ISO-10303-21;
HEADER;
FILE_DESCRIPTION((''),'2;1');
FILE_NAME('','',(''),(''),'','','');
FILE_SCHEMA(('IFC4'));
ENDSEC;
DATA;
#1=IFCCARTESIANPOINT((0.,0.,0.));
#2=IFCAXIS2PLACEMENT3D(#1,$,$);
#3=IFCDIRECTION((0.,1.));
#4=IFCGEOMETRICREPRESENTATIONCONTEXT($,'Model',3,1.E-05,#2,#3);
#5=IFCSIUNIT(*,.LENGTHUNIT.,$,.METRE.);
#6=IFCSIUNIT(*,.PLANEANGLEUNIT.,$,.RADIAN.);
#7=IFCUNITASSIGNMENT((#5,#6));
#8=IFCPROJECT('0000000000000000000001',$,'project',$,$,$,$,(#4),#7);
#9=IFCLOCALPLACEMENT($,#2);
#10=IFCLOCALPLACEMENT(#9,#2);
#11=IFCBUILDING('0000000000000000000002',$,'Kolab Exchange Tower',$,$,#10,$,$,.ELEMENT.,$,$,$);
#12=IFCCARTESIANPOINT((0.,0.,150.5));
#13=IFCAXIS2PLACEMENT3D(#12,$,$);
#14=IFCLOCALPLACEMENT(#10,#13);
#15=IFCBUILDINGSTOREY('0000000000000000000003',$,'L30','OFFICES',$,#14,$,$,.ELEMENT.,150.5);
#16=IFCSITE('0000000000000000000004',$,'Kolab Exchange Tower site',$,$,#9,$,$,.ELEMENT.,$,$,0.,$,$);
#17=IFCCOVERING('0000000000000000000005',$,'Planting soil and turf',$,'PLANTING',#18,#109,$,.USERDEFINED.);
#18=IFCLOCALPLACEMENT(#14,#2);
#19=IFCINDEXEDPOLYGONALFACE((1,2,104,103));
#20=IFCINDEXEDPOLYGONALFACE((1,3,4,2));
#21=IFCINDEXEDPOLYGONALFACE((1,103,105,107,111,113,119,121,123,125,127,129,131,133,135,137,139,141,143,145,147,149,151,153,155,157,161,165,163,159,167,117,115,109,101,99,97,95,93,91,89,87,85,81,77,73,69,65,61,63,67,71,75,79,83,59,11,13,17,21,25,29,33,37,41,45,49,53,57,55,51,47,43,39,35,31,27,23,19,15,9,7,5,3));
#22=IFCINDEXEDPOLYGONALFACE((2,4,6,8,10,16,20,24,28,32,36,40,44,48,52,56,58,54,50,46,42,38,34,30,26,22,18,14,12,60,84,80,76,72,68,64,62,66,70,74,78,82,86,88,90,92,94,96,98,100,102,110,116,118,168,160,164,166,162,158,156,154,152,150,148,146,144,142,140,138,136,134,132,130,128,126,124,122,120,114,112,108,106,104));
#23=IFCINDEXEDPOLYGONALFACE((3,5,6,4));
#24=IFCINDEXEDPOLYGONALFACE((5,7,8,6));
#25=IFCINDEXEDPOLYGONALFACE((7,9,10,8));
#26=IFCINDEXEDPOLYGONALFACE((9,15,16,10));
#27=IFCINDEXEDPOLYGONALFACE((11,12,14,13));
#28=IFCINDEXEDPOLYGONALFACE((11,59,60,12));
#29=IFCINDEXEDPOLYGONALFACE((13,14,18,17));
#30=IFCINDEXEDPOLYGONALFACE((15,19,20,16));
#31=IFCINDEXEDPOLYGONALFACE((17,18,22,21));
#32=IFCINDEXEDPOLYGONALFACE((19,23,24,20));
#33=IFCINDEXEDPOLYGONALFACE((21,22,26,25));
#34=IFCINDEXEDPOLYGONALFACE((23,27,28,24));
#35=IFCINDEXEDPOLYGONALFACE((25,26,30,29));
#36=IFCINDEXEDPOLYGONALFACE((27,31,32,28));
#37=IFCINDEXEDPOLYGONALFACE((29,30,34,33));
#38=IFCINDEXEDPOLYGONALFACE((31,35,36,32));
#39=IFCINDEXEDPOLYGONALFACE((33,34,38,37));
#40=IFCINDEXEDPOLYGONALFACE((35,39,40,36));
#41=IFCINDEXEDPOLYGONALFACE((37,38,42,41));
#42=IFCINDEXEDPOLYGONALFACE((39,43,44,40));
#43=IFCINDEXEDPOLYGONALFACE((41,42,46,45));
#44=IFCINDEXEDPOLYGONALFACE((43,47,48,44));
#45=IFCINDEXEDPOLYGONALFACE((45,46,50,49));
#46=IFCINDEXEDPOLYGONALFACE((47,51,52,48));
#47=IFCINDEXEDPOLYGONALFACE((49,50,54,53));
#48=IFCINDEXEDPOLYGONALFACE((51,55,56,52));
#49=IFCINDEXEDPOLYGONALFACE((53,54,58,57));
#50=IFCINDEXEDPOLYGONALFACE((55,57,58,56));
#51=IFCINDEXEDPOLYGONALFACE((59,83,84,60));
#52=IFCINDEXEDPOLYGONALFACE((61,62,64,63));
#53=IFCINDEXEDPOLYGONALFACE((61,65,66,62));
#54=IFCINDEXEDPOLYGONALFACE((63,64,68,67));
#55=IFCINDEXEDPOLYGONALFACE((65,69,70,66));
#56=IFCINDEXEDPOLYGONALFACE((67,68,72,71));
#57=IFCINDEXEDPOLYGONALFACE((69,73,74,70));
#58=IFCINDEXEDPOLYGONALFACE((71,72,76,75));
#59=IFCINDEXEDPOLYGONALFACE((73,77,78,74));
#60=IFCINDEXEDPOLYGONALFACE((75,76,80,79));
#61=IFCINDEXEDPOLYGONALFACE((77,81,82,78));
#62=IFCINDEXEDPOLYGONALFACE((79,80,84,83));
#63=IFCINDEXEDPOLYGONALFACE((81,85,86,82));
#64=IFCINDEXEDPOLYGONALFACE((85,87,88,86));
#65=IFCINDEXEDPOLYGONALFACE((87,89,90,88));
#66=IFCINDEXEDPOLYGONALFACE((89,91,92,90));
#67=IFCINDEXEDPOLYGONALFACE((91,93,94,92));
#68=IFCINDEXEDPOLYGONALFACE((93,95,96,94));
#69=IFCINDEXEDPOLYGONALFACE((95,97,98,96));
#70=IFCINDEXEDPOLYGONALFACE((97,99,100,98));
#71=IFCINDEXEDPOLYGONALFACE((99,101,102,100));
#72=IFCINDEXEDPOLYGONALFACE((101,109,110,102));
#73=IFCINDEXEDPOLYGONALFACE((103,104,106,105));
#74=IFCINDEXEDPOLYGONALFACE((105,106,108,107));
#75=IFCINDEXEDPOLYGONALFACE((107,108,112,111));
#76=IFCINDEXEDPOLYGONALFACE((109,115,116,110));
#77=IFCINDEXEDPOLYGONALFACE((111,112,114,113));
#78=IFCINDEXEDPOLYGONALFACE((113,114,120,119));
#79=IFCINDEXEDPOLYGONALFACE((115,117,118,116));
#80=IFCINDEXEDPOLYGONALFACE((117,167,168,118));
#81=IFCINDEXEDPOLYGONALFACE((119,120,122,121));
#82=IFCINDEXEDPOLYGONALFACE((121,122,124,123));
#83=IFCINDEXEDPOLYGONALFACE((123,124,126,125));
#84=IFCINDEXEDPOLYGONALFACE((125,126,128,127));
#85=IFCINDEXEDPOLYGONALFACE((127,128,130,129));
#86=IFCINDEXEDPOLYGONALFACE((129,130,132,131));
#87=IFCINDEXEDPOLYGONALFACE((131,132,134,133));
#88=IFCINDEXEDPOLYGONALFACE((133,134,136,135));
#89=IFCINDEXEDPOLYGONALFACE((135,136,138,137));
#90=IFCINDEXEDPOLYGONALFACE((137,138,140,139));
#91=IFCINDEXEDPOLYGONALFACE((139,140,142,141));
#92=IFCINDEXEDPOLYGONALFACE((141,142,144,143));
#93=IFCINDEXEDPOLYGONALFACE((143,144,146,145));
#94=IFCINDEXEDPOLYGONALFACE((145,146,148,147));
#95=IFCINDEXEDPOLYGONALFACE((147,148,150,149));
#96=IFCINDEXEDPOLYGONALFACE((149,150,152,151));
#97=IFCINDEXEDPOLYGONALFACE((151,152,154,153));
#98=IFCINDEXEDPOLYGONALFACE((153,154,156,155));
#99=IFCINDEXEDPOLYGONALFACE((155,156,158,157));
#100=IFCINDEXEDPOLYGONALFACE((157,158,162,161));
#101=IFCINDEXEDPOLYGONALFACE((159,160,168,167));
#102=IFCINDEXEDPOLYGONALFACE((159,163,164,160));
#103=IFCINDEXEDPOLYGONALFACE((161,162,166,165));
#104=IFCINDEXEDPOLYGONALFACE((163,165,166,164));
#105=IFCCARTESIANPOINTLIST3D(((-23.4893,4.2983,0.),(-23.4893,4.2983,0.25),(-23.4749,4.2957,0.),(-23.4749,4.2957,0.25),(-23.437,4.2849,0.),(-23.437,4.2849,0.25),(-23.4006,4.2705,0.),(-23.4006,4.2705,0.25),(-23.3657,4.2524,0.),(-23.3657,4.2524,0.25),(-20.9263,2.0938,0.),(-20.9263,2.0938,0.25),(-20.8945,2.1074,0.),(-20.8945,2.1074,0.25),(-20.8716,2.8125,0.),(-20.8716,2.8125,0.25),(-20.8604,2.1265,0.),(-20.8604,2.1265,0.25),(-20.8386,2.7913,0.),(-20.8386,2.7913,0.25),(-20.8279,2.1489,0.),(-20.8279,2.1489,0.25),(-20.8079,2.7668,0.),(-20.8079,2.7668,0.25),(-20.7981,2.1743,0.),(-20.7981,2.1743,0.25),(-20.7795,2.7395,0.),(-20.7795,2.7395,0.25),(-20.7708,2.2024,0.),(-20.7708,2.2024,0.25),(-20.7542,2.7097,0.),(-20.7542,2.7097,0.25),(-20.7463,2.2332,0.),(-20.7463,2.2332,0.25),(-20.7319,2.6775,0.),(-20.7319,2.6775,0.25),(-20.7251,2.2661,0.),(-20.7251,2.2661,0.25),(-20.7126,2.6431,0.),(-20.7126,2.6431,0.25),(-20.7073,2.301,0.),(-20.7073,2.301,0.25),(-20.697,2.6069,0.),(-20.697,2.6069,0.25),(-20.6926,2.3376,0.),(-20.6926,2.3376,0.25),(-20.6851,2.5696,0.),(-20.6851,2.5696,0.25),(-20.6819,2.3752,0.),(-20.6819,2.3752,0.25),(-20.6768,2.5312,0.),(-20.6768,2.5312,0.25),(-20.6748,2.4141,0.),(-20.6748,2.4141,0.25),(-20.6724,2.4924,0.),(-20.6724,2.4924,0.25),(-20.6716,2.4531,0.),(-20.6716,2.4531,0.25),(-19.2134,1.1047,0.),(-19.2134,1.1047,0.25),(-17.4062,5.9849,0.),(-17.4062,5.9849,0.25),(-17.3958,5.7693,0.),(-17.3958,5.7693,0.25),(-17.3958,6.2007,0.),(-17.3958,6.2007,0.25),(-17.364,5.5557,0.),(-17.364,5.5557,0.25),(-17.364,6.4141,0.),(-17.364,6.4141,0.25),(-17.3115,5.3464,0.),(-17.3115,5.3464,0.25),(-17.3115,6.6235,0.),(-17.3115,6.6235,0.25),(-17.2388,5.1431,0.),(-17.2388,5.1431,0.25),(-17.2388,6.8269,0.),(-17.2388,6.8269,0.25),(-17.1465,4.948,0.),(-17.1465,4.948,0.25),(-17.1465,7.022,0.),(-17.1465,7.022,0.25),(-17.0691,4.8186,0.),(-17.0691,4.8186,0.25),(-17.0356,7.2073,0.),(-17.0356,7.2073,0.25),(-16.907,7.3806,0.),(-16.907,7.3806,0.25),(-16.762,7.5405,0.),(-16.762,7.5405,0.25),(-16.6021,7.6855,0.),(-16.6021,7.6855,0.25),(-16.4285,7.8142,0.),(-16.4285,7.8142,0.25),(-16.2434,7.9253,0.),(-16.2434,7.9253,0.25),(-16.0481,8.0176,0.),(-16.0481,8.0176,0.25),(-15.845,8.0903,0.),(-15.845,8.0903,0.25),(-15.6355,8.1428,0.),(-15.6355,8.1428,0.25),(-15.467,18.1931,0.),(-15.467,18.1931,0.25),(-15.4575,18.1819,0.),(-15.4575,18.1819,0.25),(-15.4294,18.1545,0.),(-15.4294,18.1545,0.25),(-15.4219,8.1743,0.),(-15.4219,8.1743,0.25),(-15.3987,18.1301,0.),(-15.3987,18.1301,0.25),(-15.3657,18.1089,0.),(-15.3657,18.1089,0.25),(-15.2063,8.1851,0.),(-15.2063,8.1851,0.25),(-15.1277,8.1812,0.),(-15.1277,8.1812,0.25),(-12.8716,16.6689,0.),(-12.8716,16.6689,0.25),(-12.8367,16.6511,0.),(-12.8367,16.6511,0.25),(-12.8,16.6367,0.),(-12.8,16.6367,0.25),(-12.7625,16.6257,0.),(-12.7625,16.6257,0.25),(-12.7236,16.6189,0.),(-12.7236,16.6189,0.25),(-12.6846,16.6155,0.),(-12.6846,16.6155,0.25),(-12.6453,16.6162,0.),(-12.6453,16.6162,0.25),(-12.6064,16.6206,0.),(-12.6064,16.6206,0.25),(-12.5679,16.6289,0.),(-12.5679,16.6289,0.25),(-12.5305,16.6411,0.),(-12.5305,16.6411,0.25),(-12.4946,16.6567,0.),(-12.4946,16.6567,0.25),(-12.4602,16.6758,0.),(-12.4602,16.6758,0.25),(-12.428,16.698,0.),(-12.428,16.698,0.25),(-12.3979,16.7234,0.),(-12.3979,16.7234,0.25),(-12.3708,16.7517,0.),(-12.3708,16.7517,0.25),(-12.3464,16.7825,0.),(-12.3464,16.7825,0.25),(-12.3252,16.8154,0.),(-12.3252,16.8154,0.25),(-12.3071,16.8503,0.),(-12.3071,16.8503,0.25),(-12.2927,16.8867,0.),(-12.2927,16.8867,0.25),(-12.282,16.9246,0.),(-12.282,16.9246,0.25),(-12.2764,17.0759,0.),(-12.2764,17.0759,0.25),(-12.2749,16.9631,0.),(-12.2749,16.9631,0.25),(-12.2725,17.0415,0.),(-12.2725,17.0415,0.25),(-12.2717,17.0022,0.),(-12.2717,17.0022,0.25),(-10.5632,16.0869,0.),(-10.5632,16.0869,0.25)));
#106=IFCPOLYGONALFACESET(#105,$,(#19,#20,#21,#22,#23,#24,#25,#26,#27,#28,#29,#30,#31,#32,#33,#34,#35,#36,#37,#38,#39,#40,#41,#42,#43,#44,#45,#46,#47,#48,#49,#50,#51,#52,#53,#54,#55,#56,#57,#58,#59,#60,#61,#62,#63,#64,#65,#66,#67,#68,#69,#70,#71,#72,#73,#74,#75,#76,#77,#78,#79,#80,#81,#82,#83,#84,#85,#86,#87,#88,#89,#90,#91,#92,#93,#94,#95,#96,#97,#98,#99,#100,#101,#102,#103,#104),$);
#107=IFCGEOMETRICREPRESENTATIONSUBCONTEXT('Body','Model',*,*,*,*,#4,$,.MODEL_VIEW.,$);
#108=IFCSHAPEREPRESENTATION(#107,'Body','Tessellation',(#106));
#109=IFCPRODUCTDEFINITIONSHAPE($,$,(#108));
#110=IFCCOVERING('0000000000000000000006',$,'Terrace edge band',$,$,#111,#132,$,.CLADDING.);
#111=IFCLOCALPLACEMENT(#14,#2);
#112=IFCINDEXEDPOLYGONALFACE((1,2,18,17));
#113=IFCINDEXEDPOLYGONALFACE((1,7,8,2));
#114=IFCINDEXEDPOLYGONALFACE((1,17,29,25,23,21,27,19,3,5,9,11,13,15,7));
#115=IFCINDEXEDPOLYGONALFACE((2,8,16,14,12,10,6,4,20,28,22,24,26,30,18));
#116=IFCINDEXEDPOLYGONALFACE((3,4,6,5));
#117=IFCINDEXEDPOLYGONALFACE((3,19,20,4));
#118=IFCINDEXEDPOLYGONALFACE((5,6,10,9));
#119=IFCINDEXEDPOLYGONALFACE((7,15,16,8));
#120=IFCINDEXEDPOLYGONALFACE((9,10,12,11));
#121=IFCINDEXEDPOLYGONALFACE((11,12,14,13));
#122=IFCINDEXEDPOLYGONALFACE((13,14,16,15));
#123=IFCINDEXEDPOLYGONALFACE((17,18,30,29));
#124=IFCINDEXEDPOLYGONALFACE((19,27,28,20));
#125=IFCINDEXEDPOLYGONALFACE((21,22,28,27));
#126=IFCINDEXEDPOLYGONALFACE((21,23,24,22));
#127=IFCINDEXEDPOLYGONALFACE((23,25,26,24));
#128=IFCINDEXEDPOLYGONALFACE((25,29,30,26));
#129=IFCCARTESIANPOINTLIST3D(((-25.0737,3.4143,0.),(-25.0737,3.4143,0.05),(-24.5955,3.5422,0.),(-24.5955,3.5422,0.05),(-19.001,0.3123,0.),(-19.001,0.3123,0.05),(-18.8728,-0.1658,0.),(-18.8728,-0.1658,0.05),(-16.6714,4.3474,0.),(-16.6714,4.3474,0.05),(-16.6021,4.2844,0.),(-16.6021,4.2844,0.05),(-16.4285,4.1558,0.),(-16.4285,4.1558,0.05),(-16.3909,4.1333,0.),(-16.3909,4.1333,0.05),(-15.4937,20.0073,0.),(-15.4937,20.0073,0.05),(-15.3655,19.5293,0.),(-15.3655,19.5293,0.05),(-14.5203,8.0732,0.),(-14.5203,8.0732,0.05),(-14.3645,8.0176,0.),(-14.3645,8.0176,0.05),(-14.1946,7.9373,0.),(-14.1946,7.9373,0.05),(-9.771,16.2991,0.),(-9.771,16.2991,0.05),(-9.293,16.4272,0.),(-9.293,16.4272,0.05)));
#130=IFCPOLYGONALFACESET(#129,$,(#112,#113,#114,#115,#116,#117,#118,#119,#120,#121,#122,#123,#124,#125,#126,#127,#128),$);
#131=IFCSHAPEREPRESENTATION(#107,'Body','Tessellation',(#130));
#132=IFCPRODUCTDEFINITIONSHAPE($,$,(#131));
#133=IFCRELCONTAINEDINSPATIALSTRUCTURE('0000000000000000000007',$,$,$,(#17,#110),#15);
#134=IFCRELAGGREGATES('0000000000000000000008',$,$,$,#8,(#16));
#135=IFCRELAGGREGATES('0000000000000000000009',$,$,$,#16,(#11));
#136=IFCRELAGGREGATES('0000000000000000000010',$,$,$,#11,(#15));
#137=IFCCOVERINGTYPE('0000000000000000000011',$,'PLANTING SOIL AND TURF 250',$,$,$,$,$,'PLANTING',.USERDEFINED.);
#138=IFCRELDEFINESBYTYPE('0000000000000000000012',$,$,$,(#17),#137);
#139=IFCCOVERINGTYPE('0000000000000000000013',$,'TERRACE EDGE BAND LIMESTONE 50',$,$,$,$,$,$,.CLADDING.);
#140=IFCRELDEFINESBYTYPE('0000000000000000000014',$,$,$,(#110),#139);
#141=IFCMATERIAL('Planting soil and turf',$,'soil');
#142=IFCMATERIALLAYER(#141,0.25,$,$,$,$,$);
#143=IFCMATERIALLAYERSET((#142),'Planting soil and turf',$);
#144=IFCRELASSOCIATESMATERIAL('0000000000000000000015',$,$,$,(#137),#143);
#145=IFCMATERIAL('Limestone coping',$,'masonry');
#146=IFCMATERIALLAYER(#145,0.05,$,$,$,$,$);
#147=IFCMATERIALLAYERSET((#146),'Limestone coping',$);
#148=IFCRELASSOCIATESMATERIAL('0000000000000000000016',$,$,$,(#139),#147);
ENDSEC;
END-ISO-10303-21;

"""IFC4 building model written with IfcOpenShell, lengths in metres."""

from ifc_helpers import new_model, si_unit, direction, frame, origin, place, context, subcontext, project, spatial, polyline, outline, extrude, material, layer, layer_set, type_object, element, save


model = new_model("IFC4")

# Units and contexts
model_context = context("Model", 3, precision=1e-05, world=origin(), true_north=direction((0.0, 1.0)))
body_context = subcontext(model_context, "Body", "Model", "MODEL_VIEW")
ifc_project = project(units=[si_unit("LENGTHUNIT", "METRE"), si_unit("PLANEANGLEUNIT", "RADIAN")], contexts=[model_context])

# Site, building, storey
site_placement = place(None, origin())
site = spatial("IfcSite", under=ifc_project, at=site_placement, Name="Kolab Exchange Tower site", CompositionType="ELEMENT", RefElevation=0.0)
building_placement = place(site_placement, origin())
building = spatial("IfcBuilding", under=site, at=building_placement, Name="Kolab Exchange Tower", CompositionType="ELEMENT")
storey_placement = place(building_placement, frame((0.0, 0.0, 150.5)))
storey = spatial("IfcBuildingStorey", under=building, at=storey_placement, Name="L30", Description="OFFICES", CompositionType="ELEMENT", Elevation=150.5)

# Coverings
ifc_material_1 = material(Name="Planting soil and turf", Category="soil")
ifc_layer_1 = layer(ifc_material_1, 0.25)
ifc_layer_set_1 = layer_set([ifc_layer_1], Name="Planting soil and turf")
covering_type_1 = type_object("IfcCoveringType", Name="PLANTING SOIL AND TURF 250", ElementType="PLANTING", PredefinedType="USERDEFINED", material=ifc_layer_set_1)
covering_1_placement = place(storey_placement, origin())
element("IfcCovering", 1, at=covering_1_placement, inside=storey, type_object=covering_type_1, Name="Planting soil and turf", ObjectType="PLANTING", PredefinedType="USERDEFINED", context=body_context, shape_type="SweptSolid", body=[
    extrude(outline(polyline([(-20.9263, 2.0938), (-20.8945, 2.1074), (-20.8604, 2.1265), (-20.8279, 2.1489), (-20.7981, 2.1743), (-20.7708, 2.2024), (-20.7463, 2.2332), (-20.7251, 2.2661), (-20.7073, 2.301), (-20.6926, 2.3376), (-20.6819, 2.3752), (-20.6748, 2.4141), (-20.6716, 2.4531), (-20.6724, 2.4924), (-20.6768, 2.5312), (-20.6851, 2.5696), (-20.697, 2.6069), (-20.7126, 2.6431), (-20.7319, 2.6775), (-20.7542, 2.7097), (-20.7795, 2.7395), (-20.8079, 2.7668), (-20.8386, 2.7913), (-20.8716, 2.8125), (-23.3657, 4.2524), (-23.4006, 4.2705), (-23.437, 4.2849), (-23.4749, 4.2957), (-23.4893, 4.2983), (-15.467, 18.1931), (-15.4575, 18.1819), (-15.4294, 18.1545), (-15.3987, 18.1301), (-15.3657, 18.1089), (-12.8716, 16.6689), (-12.8367, 16.6511), (-12.8, 16.6367), (-12.7625, 16.6257), (-12.7236, 16.6189), (-12.6846, 16.6155), (-12.6453, 16.6162), (-12.6064, 16.6206), (-12.5679, 16.6289), (-12.5305, 16.6411), (-12.4946, 16.6567), (-12.4602, 16.6758), (-12.428, 16.698), (-12.3979, 16.7234), (-12.3708, 16.7517), (-12.3464, 16.7825), (-12.3252, 16.8154), (-12.3071, 16.8503), (-12.2927, 16.8867), (-12.282, 16.9246), (-12.2749, 16.9631), (-12.2717, 17.0022), (-12.2725, 17.0415), (-12.2764, 17.0759), (-10.5632, 16.0869), (-15.1277, 8.1812), (-15.2063, 8.1851), (-15.4219, 8.1743), (-15.6355, 8.1428), (-15.845, 8.0903), (-16.0481, 8.0176), (-16.2434, 7.9253), (-16.4285, 7.8142), (-16.6021, 7.6855), (-16.762, 7.5405), (-16.907, 7.3806), (-17.0356, 7.2073), (-17.1465, 7.022), (-17.2388, 6.8269), (-17.3115, 6.6235), (-17.364, 6.4141), (-17.3958, 6.2007), (-17.4062, 5.9849), (-17.3958, 5.7693), (-17.364, 5.5557), (-17.3115, 5.3464), (-17.2388, 5.1431), (-17.1465, 4.948), (-17.0691, 4.8186), (-19.2134, 1.1047), (-20.9263, 2.0938)])), origin(), (0.0, 0.0, 1.0), 0.25),
])
ifc_material_2 = material(Name="Limestone coping", Category="masonry")
ifc_layer_2 = layer(ifc_material_2, 0.05)
ifc_layer_set_2 = layer_set([ifc_layer_2], Name="Limestone coping")
covering_type_2 = type_object("IfcCoveringType", Name="TERRACE EDGE BAND LIMESTONE 50", PredefinedType="CLADDING", material=ifc_layer_set_2)
covering_2_placement = place(storey_placement, origin())
element("IfcCovering", 2, at=covering_2_placement, inside=storey, type_object=covering_type_2, Name="Terrace edge band", PredefinedType="CLADDING", context=body_context, shape_type="SweptSolid", body=[
    extrude(outline(polyline([(-15.4937, 20.0073), (-9.293, 16.4272), (-14.1946, 7.9373), (-14.3645, 8.0176), (-14.5203, 8.0732), (-9.771, 16.2991), (-15.3655, 19.5293), (-24.5955, 3.5422), (-19.001, 0.3123), (-16.6714, 4.3474), (-16.6021, 4.2844), (-16.4285, 4.1558), (-16.3909, 4.1333), (-18.8728, -0.1658), (-25.0737, 3.4143), (-15.4937, 20.0073)])), origin(), (0.0, 0.0, 1.0), 0.05),
])

save(model, "model.ifc")
